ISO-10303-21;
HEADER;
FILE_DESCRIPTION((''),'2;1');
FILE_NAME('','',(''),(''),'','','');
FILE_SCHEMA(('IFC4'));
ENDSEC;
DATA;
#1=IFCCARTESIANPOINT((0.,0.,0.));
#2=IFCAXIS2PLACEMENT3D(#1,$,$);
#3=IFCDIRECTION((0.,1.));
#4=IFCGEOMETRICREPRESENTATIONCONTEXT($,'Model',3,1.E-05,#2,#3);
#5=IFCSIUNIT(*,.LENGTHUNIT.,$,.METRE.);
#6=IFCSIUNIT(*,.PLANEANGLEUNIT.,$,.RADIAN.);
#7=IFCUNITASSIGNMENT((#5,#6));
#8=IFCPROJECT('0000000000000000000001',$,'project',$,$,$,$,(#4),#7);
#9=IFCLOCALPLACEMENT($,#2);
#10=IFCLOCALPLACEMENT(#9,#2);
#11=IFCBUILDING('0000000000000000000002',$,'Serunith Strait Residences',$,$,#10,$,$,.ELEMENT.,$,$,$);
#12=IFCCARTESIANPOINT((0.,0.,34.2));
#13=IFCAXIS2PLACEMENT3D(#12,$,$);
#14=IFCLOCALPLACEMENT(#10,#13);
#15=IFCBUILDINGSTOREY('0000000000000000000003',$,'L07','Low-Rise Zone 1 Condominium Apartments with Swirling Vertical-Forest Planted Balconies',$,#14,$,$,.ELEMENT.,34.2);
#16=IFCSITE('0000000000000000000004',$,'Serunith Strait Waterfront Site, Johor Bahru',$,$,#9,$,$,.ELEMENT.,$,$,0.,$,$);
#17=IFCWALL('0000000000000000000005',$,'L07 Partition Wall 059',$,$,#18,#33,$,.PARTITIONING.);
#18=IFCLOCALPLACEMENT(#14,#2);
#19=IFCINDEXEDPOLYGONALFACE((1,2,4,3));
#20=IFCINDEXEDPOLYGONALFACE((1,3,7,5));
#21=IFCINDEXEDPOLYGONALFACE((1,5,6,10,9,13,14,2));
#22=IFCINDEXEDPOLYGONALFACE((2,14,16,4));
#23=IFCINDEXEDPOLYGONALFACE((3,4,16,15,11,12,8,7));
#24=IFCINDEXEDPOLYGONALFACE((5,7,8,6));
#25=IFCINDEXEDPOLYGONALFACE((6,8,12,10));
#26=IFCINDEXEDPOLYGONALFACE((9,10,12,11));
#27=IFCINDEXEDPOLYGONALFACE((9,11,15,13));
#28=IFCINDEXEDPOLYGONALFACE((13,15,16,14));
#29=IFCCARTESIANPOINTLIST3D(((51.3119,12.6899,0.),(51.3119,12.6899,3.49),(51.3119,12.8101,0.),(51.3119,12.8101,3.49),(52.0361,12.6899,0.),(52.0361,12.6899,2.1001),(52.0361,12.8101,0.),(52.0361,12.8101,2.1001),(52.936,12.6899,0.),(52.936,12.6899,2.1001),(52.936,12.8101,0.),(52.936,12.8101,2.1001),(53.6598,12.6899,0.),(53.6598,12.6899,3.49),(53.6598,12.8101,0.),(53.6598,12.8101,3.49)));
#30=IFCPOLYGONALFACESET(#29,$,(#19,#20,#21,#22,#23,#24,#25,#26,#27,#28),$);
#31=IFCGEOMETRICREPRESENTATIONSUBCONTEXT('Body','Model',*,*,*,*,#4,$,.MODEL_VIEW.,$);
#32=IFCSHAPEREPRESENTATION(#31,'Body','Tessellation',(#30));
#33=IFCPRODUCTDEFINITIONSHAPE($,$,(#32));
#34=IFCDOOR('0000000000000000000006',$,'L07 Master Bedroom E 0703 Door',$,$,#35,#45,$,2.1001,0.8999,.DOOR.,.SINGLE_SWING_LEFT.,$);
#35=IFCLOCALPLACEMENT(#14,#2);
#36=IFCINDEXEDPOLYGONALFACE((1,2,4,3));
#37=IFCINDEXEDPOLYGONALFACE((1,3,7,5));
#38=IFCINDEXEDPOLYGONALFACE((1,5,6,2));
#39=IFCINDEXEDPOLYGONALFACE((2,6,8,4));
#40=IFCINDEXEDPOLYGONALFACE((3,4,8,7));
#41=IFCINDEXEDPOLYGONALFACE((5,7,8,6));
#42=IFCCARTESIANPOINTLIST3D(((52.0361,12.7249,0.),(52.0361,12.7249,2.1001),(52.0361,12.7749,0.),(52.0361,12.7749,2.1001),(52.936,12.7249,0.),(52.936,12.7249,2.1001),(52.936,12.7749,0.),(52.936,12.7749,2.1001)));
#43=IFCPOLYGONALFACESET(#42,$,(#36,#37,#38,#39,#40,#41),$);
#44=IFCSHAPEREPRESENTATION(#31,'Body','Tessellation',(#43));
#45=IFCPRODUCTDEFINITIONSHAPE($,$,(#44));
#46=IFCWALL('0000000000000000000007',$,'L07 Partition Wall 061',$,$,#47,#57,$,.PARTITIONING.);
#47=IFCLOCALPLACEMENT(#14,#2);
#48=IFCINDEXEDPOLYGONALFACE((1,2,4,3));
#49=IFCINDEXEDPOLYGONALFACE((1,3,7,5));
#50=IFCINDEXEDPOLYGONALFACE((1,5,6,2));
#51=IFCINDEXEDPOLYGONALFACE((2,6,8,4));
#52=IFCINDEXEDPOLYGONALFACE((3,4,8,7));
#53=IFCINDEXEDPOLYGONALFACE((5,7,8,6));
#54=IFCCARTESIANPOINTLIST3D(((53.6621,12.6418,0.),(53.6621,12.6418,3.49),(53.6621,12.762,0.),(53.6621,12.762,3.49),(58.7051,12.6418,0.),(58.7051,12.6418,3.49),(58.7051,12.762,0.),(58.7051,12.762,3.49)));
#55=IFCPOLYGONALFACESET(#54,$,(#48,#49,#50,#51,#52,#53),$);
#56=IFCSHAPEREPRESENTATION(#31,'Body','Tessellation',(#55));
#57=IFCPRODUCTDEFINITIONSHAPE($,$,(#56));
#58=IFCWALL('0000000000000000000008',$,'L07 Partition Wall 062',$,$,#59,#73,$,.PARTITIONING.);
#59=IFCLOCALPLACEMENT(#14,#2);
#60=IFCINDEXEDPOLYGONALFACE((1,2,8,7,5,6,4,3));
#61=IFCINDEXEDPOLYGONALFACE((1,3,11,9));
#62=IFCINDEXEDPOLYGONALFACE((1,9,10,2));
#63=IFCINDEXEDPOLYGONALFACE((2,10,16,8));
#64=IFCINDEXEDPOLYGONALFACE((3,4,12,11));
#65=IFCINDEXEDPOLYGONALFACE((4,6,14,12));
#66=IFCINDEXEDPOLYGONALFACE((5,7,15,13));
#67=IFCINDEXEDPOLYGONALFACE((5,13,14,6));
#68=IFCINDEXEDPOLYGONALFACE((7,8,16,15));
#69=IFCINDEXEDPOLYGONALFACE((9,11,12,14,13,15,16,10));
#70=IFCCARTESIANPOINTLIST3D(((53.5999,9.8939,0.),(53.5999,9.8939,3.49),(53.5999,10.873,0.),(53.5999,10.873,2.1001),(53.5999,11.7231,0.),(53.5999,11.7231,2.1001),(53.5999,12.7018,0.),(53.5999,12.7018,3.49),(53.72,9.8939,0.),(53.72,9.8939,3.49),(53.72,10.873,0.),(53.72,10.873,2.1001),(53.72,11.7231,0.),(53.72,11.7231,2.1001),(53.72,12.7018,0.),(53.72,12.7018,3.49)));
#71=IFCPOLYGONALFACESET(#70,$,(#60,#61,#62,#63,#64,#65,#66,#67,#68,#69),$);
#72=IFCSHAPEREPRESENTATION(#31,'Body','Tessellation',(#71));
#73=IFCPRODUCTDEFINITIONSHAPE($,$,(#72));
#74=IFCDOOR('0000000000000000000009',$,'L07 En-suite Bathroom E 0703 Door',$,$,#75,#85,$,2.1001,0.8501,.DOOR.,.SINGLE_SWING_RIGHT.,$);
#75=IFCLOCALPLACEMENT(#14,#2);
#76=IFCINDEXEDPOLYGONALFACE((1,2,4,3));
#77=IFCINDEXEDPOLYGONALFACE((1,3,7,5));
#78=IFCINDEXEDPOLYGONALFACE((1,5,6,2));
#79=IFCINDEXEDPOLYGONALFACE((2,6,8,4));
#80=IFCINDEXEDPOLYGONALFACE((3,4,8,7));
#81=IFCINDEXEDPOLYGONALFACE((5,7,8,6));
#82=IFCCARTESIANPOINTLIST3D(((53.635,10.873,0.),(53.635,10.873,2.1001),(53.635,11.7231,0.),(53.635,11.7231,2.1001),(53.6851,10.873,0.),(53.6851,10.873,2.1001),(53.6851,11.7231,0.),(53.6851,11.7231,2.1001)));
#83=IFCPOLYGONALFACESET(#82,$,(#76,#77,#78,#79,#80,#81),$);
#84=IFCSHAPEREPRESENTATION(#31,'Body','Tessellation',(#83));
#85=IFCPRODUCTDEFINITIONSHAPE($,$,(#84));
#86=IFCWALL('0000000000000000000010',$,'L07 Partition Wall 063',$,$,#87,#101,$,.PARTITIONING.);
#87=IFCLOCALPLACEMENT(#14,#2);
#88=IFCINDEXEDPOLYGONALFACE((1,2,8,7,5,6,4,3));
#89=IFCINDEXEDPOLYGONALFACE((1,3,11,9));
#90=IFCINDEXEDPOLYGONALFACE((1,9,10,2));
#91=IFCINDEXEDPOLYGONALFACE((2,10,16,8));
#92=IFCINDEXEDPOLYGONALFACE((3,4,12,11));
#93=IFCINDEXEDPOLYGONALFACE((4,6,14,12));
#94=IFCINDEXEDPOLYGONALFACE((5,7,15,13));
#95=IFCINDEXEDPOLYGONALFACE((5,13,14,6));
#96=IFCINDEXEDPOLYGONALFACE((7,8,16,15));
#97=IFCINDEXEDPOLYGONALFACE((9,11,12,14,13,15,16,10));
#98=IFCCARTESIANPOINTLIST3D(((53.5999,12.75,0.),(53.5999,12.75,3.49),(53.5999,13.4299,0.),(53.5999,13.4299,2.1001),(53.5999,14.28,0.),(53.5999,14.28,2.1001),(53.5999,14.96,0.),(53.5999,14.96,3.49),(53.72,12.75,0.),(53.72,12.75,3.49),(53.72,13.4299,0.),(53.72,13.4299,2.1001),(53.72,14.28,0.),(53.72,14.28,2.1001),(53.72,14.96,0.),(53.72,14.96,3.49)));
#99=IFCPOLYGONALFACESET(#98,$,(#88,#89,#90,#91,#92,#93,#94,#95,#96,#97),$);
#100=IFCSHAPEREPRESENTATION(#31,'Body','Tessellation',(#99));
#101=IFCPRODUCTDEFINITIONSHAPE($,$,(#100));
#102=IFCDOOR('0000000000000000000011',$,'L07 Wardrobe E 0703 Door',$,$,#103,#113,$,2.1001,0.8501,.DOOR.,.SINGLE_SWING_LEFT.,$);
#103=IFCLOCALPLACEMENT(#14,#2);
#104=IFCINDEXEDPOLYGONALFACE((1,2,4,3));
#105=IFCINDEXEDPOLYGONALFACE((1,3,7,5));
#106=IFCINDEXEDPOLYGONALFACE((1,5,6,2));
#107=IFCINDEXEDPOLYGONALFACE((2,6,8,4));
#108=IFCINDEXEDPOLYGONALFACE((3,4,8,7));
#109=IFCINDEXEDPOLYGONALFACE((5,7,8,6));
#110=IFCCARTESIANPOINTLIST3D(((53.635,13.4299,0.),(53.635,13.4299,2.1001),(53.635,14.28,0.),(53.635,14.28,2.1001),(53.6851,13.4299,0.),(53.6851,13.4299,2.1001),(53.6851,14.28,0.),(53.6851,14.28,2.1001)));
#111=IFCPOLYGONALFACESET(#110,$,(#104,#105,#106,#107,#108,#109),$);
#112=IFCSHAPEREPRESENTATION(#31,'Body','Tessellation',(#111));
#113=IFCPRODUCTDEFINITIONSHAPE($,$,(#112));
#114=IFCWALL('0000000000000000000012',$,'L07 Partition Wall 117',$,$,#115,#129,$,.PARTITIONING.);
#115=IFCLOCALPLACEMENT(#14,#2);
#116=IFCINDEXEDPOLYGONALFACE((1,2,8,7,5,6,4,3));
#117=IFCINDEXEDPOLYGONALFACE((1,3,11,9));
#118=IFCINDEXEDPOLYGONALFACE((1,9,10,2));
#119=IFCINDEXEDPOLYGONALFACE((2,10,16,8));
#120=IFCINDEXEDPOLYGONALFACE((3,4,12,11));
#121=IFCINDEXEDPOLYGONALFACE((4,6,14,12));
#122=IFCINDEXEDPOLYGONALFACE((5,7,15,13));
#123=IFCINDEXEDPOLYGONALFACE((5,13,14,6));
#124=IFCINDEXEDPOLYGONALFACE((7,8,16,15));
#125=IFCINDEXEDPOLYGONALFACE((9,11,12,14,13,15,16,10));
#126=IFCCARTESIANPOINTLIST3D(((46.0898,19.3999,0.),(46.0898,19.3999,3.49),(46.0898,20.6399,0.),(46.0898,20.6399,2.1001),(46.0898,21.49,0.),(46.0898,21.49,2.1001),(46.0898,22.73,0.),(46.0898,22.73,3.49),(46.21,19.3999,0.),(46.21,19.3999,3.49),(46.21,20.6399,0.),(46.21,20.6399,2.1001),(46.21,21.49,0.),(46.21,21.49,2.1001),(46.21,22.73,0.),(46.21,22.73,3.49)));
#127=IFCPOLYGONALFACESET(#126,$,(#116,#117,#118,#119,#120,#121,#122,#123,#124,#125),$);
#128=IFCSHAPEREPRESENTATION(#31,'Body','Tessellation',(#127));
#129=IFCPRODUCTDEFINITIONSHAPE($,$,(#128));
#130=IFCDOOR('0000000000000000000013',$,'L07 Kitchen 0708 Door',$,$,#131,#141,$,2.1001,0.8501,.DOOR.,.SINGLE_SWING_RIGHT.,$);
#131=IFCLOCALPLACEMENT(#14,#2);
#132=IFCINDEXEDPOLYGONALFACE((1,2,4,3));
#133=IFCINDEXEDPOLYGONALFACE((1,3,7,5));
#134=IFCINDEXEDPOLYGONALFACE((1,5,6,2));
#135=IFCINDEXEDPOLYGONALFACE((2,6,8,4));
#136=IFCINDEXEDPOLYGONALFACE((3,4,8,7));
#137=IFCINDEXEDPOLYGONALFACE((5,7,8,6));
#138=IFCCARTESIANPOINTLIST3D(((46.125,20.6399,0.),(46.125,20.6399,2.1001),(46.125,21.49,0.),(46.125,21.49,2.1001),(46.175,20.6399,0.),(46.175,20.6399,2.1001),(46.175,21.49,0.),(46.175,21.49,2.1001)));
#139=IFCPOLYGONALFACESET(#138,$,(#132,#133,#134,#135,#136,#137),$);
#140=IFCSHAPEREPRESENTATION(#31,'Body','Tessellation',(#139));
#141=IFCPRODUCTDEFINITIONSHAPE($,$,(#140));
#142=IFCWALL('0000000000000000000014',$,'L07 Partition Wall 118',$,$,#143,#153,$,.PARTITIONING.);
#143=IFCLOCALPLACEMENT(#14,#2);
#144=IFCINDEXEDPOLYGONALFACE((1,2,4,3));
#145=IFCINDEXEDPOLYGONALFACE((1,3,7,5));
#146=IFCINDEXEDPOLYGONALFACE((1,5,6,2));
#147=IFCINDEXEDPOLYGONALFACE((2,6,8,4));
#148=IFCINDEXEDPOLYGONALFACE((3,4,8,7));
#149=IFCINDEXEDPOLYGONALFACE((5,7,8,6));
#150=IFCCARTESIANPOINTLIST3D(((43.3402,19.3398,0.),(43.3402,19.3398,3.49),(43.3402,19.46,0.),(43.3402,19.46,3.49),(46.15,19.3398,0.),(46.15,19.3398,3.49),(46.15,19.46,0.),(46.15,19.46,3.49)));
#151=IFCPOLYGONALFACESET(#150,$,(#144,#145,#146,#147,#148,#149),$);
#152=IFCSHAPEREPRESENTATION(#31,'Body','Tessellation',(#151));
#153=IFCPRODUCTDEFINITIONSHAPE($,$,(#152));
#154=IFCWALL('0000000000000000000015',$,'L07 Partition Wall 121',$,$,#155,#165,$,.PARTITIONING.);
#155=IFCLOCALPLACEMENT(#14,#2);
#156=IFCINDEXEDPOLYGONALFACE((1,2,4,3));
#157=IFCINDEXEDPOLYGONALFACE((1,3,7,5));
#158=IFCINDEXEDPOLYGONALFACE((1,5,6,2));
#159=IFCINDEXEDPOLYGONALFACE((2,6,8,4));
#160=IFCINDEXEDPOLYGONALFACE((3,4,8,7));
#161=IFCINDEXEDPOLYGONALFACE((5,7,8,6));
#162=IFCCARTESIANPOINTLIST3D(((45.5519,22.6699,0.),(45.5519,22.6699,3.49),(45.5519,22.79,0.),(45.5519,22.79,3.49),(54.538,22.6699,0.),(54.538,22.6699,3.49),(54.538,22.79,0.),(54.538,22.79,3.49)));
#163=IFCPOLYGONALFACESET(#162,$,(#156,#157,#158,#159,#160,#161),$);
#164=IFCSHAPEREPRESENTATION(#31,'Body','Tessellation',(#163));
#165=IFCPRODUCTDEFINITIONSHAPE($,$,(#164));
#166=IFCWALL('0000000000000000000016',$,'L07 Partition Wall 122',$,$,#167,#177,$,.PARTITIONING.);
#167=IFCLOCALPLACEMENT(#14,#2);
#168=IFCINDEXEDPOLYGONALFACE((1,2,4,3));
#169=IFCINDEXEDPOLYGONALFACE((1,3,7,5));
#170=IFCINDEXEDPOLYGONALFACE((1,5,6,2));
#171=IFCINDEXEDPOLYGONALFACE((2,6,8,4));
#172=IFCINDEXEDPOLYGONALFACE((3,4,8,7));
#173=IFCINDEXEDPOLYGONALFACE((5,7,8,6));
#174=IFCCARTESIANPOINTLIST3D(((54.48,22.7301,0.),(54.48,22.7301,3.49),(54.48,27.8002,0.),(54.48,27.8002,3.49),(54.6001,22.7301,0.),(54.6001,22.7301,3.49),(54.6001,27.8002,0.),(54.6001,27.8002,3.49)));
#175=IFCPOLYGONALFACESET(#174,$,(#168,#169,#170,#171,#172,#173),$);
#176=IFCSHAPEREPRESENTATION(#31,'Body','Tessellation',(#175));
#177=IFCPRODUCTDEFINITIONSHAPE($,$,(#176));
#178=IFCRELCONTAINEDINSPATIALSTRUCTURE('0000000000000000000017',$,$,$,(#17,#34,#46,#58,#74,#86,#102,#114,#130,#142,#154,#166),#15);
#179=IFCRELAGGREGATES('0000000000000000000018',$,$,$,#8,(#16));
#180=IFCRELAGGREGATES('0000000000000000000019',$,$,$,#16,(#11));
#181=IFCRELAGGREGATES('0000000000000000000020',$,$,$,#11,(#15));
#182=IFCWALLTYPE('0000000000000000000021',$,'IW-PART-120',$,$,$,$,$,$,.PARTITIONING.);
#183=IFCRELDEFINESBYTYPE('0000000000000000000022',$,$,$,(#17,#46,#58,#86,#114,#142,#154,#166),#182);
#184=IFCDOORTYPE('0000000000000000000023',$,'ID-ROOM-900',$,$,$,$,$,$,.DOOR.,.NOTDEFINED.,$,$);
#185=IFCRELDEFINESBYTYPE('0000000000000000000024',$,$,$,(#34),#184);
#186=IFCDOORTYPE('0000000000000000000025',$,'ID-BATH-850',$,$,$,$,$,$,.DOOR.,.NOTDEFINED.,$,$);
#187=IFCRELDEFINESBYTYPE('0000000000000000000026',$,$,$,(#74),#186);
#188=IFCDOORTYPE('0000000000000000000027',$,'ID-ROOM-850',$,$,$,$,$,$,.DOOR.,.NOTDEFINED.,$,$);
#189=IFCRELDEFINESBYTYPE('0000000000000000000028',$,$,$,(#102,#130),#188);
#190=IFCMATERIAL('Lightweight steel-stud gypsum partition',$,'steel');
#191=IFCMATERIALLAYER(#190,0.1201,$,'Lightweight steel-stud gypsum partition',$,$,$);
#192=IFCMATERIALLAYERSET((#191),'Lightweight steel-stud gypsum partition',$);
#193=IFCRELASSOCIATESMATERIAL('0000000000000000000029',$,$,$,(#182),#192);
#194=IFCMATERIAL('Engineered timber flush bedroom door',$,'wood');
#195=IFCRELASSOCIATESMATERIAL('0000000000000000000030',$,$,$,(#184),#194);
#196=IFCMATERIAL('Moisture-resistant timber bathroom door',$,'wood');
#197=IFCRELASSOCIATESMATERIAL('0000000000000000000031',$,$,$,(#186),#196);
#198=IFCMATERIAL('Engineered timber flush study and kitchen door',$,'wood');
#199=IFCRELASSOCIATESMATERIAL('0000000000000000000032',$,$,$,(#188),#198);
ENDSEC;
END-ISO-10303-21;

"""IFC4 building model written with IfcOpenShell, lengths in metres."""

from ifc_helpers import new_model, si_unit, direction, frame, frame_2d, origin, place, context, subcontext, project, spatial, rectangle, extrude, source, transform, mapped, material, layer, layer_set, type_object, element, fill, save


model = new_model("IFC4")

# Units and contexts
model_context = context("Model", 3, precision=1e-05, world=origin(), true_north=direction((0.0, 1.0)))
body_context = subcontext(model_context, "Body", "Model", "MODEL_VIEW")
ifc_project = project(units=[si_unit("LENGTHUNIT", "METRE"), si_unit("PLANEANGLEUNIT", "RADIAN")], contexts=[model_context])

# Site, building, storey
site_placement = place(None, origin())
site = spatial("IfcSite", under=ifc_project, at=site_placement, Name="Serunith Strait Waterfront Site, Johor Bahru", CompositionType="ELEMENT", RefElevation=0.0)
building_placement = place(site_placement, origin())
building = spatial("IfcBuilding", under=site, at=building_placement, Name="Serunith Strait Residences", CompositionType="ELEMENT")
storey_placement = place(building_placement, frame((0.0, 0.0, 34.2)))
storey = spatial("IfcBuildingStorey", under=building, at=storey_placement, Name="L07", Description="Low-Rise Zone 1 Condominium Apartments with Swirling Vertical-Forest Planted Balconies", CompositionType="ELEMENT", Elevation=34.2)

# Wall, opening, door
ifc_material_1 = material(Name="Lightweight steel-stud gypsum partition", Category="steel")
ifc_layer = layer(ifc_material_1, 0.1201, Name="Lightweight steel-stud gypsum partition")
ifc_layer_set = layer_set([ifc_layer], Name="Lightweight steel-stud gypsum partition")
wall_type = type_object("IfcWallType", Name="IW-PART-120", PredefinedType="PARTITIONING", material=ifc_layer_set)
ifc_material_2 = material(Name="Engineered timber flush bedroom door", Category="wood")
door_type_1 = type_object("IfcDoorType", Name="ID-ROOM-900", OperationType="NOTDEFINED", PredefinedType="DOOR", material=ifc_material_2)
shared_shape_1 = source(origin(), body_context, "Body", "SweptSolid", [
    extrude(rectangle(XDim=0.8999, YDim=2.1001, at=frame_2d((0.45, 1.05))), frame((0.0, 0.0249, 0.0), z_axis=(0.0, -1.0, 0.0), x_axis=(1.0, 0.0, 0.0)), (0.0, 0.0, 1.0), 0.05),
])
ifc_material_3 = material(Name="Moisture-resistant timber bathroom door", Category="wood")
door_type_2 = type_object("IfcDoorType", Name="ID-BATH-850", OperationType="NOTDEFINED", PredefinedType="DOOR", material=ifc_material_3)
shared_shape_2 = source(origin(), body_context, "Body", "SweptSolid", [
    extrude(rectangle(XDim=0.8501, YDim=2.1001, at=frame_2d((0.425, 1.05))), frame((0.0, 0.0249, 0.0), z_axis=(0.0, -1.0, 0.0), x_axis=(1.0, 0.0, 0.0)), (0.0, 0.0, 1.0), 0.05),
])
ifc_material_4 = material(Name="Engineered timber flush study and kitchen door", Category="wood")
door_type_3 = type_object("IfcDoorType", Name="ID-ROOM-850", OperationType="NOTDEFINED", PredefinedType="DOOR", material=ifc_material_4)
wall_1_placement = place(storey_placement, frame((51.312, 12.75, 0.0), z_axis=(0.0, 0.0, 1.0), x_axis=(1.0, 0.0, 0.0)))
wall_1 = element("IfcWall", 1, at=wall_1_placement, inside=storey, type_object=wall_type, Name="L07 Partition Wall 059", PredefinedType="PARTITIONING", context=body_context, shape_type="SweptSolid", body=[
    extrude(rectangle(XDim=2.3479, YDim=0.1201, at=frame_2d((1.1738, 0.0))), origin(), (0.0, 0.0, 1.0), 3.49),
])
opening_1_placement = place(wall_1_placement, frame((0.7241, 0.0, 0.0)))
opening_1 = element("IfcOpeningElement", 2, at=opening_1_placement, cuts=wall_1, PredefinedType="OPENING", context=body_context, shape_type="SweptSolid", body=[
    extrude(rectangle(XDim=0.8999, YDim=2.1001, at=frame_2d((0.45, 1.05))), frame((0.0, 0.0701, 0.0), z_axis=(0.0, -1.0, 0.0), x_axis=(1.0, 0.0, 0.0)), (0.0, 0.0, 1.0), 0.1401),
])
door_1_placement = place(opening_1_placement, origin())
door_1 = element("IfcDoor", 3, at=door_1_placement, inside=storey, type_object=door_type_1, Name="L07 Master Bedroom E 0703 Door", OperationType="SINGLE_SWING_LEFT", OverallHeight=2.1001, OverallWidth=0.8999, PredefinedType="DOOR", context=body_context, shape_type="MappedRepresentation", body=[
    mapped(shared_shape_1, transform((0.0, 0.0, 0.0), scale=1.0)),
])
fill(opening_1, door_1)

# Wall
wall_2_placement = place(storey_placement, frame((53.6621, 12.7019, 0.0), z_axis=(0.0, 0.0, 1.0), x_axis=(1.0, 0.0, 0.0)))
element("IfcWall", 4, at=wall_2_placement, inside=storey, type_object=wall_type, Name="L07 Partition Wall 061", PredefinedType="PARTITIONING", context=body_context, shape_type="SweptSolid", body=[
    extrude(rectangle(XDim=5.043, YDim=0.1201, at=frame_2d((2.5215, 0.0))), origin(), (0.0, 0.0, 1.0), 3.49),
])

# Walls, openings, doors
wall_3_placement = place(storey_placement, frame((53.6599, 9.894, 0.0), z_axis=(0.0, 0.0, 1.0), x_axis=(0.0, 1.0, 0.0)))
wall_3 = element("IfcWall", 5, at=wall_3_placement, inside=storey, type_object=wall_type, Name="L07 Partition Wall 062", PredefinedType="PARTITIONING", context=body_context, shape_type="SweptSolid", body=[
    extrude(rectangle(XDim=2.8079, YDim=0.1201, at=frame_2d((1.4038, 0.0))), origin(), (0.0, 0.0, 1.0), 3.49),
])
opening_2_placement = place(wall_3_placement, frame((0.979, 0.0, 0.0)))
opening_2 = element("IfcOpeningElement", 6, at=opening_2_placement, cuts=wall_3, PredefinedType="OPENING", context=body_context, shape_type="SweptSolid", body=[
    extrude(rectangle(XDim=0.8501, YDim=2.1001, at=frame_2d((0.425, 1.05))), frame((0.0, 0.0701, 0.0), z_axis=(0.0, -1.0, 0.0), x_axis=(1.0, 0.0, 0.0)), (0.0, 0.0, 1.0), 0.1401),
])
door_2_placement = place(opening_2_placement, origin())
door_2 = element("IfcDoor", 7, at=door_2_placement, inside=storey, type_object=door_type_2, Name="L07 En-suite Bathroom E 0703 Door", OperationType="SINGLE_SWING_RIGHT", OverallHeight=2.1001, OverallWidth=0.8501, PredefinedType="DOOR", context=body_context, shape_type="MappedRepresentation", body=[
    mapped(shared_shape_2, transform((0.0, 0.0, 0.0), scale=1.0)),
])
fill(opening_2, door_2)
wall_4_placement = place(storey_placement, frame((53.6599, 12.75, 0.0), z_axis=(0.0, 0.0, 1.0), x_axis=(0.0, 1.0, 0.0)))
wall_4 = element("IfcWall", 8, at=wall_4_placement, inside=storey, type_object=wall_type, Name="L07 Partition Wall 063", PredefinedType="PARTITIONING", context=body_context, shape_type="SweptSolid", body=[
    extrude(rectangle(XDim=2.21, YDim=0.1201, at=frame_2d((1.105, 0.0))), origin(), (0.0, 0.0, 1.0), 3.49),
])
opening_3_placement = place(wall_4_placement, frame((0.6799, 0.0, 0.0)))
opening_3 = element("IfcOpeningElement", 9, at=opening_3_placement, cuts=wall_4, PredefinedType="OPENING", context=body_context, shape_type="SweptSolid", body=[
    extrude(rectangle(XDim=0.8501, YDim=2.1001, at=frame_2d((0.425, 1.05))), frame((0.0, 0.0701, 0.0), z_axis=(0.0, -1.0, 0.0), x_axis=(1.0, 0.0, 0.0)), (0.0, 0.0, 1.0), 0.1401),
])
door_3_placement = place(opening_3_placement, origin())
door_3 = element("IfcDoor", 10, at=door_3_placement, inside=storey, type_object=door_type_3, Name="L07 Wardrobe E 0703 Door", OperationType="SINGLE_SWING_LEFT", OverallHeight=2.1001, OverallWidth=0.8501, PredefinedType="DOOR", context=body_context, shape_type="MappedRepresentation", body=[
    mapped(shared_shape_2, transform((0.0, 0.0, 0.0), scale=1.0)),
])
fill(opening_3, door_3)
wall_5_placement = place(storey_placement, frame((46.1499, 19.3999, 0.0), z_axis=(0.0, 0.0, 1.0), x_axis=(0.0, 1.0, 0.0)))
wall_5 = element("IfcWall", 11, at=wall_5_placement, inside=storey, type_object=wall_type, Name="L07 Partition Wall 117", PredefinedType="PARTITIONING", context=body_context, shape_type="SweptSolid", body=[
    extrude(rectangle(XDim=3.3301, YDim=0.1201, at=frame_2d((1.665, 0.0))), origin(), (0.0, 0.0, 1.0), 3.49),
])
opening_4_placement = place(wall_5_placement, frame((1.24, 0.0, 0.0)))
opening_4 = element("IfcOpeningElement", 12, at=opening_4_placement, cuts=wall_5, PredefinedType="OPENING", context=body_context, shape_type="SweptSolid", body=[
    extrude(rectangle(XDim=0.8501, YDim=2.1001, at=frame_2d((0.425, 1.05))), frame((0.0, 0.0701, 0.0), z_axis=(0.0, -1.0, 0.0), x_axis=(1.0, 0.0, 0.0)), (0.0, 0.0, 1.0), 0.1401),
])
door_4_placement = place(opening_4_placement, origin())
door_4 = element("IfcDoor", 13, at=door_4_placement, inside=storey, type_object=door_type_3, Name="L07 Kitchen 0708 Door", OperationType="SINGLE_SWING_RIGHT", OverallHeight=2.1001, OverallWidth=0.8501, PredefinedType="DOOR", context=body_context, shape_type="MappedRepresentation", body=[
    mapped(shared_shape_2, transform((0.0, 0.0, 0.0), scale=1.0)),
])
fill(opening_4, door_4)

# Walls
wall_6_placement = place(storey_placement, frame((46.1499, 19.3999, 0.0), z_axis=(0.0, 0.0, 1.0), x_axis=(-1.0, 0.0, 0.0)))
element("IfcWall", 14, at=wall_6_placement, inside=storey, type_object=wall_type, Name="L07 Partition Wall 118", PredefinedType="PARTITIONING", context=body_context, shape_type="SweptSolid", body=[
    extrude(rectangle(XDim=2.8098, YDim=0.1201, at=frame_2d((1.4048, 0.0))), origin(), (0.0, 0.0, 1.0), 3.49),
])
wall_7_placement = place(storey_placement, frame((54.5381, 22.73, 0.0), z_axis=(0.0, 0.0, 1.0), x_axis=(-1.0, 0.0, 0.0)))
element("IfcWall", 15, at=wall_7_placement, inside=storey, type_object=wall_type, Name="L07 Partition Wall 121", PredefinedType="PARTITIONING", context=body_context, shape_type="SweptSolid", body=[
    extrude(rectangle(XDim=8.9861, YDim=0.1201, at=frame_2d((4.4932, 0.0))), origin(), (0.0, 0.0, 1.0), 3.49),
])
wall_8_placement = place(storey_placement, frame((54.54, 22.73, 0.0), z_axis=(0.0, 0.0, 1.0), x_axis=(0.0, 1.0, 0.0)))
element("IfcWall", 16, at=wall_8_placement, inside=storey, type_object=wall_type, Name="L07 Partition Wall 122", PredefinedType="PARTITIONING", context=body_context, shape_type="SweptSolid", body=[
    extrude(rectangle(XDim=5.0701, YDim=0.1201, at=frame_2d((2.5352, 0.0))), origin(), (0.0, 0.0, 1.0), 3.49),
])

save(model, "model.ifc")
